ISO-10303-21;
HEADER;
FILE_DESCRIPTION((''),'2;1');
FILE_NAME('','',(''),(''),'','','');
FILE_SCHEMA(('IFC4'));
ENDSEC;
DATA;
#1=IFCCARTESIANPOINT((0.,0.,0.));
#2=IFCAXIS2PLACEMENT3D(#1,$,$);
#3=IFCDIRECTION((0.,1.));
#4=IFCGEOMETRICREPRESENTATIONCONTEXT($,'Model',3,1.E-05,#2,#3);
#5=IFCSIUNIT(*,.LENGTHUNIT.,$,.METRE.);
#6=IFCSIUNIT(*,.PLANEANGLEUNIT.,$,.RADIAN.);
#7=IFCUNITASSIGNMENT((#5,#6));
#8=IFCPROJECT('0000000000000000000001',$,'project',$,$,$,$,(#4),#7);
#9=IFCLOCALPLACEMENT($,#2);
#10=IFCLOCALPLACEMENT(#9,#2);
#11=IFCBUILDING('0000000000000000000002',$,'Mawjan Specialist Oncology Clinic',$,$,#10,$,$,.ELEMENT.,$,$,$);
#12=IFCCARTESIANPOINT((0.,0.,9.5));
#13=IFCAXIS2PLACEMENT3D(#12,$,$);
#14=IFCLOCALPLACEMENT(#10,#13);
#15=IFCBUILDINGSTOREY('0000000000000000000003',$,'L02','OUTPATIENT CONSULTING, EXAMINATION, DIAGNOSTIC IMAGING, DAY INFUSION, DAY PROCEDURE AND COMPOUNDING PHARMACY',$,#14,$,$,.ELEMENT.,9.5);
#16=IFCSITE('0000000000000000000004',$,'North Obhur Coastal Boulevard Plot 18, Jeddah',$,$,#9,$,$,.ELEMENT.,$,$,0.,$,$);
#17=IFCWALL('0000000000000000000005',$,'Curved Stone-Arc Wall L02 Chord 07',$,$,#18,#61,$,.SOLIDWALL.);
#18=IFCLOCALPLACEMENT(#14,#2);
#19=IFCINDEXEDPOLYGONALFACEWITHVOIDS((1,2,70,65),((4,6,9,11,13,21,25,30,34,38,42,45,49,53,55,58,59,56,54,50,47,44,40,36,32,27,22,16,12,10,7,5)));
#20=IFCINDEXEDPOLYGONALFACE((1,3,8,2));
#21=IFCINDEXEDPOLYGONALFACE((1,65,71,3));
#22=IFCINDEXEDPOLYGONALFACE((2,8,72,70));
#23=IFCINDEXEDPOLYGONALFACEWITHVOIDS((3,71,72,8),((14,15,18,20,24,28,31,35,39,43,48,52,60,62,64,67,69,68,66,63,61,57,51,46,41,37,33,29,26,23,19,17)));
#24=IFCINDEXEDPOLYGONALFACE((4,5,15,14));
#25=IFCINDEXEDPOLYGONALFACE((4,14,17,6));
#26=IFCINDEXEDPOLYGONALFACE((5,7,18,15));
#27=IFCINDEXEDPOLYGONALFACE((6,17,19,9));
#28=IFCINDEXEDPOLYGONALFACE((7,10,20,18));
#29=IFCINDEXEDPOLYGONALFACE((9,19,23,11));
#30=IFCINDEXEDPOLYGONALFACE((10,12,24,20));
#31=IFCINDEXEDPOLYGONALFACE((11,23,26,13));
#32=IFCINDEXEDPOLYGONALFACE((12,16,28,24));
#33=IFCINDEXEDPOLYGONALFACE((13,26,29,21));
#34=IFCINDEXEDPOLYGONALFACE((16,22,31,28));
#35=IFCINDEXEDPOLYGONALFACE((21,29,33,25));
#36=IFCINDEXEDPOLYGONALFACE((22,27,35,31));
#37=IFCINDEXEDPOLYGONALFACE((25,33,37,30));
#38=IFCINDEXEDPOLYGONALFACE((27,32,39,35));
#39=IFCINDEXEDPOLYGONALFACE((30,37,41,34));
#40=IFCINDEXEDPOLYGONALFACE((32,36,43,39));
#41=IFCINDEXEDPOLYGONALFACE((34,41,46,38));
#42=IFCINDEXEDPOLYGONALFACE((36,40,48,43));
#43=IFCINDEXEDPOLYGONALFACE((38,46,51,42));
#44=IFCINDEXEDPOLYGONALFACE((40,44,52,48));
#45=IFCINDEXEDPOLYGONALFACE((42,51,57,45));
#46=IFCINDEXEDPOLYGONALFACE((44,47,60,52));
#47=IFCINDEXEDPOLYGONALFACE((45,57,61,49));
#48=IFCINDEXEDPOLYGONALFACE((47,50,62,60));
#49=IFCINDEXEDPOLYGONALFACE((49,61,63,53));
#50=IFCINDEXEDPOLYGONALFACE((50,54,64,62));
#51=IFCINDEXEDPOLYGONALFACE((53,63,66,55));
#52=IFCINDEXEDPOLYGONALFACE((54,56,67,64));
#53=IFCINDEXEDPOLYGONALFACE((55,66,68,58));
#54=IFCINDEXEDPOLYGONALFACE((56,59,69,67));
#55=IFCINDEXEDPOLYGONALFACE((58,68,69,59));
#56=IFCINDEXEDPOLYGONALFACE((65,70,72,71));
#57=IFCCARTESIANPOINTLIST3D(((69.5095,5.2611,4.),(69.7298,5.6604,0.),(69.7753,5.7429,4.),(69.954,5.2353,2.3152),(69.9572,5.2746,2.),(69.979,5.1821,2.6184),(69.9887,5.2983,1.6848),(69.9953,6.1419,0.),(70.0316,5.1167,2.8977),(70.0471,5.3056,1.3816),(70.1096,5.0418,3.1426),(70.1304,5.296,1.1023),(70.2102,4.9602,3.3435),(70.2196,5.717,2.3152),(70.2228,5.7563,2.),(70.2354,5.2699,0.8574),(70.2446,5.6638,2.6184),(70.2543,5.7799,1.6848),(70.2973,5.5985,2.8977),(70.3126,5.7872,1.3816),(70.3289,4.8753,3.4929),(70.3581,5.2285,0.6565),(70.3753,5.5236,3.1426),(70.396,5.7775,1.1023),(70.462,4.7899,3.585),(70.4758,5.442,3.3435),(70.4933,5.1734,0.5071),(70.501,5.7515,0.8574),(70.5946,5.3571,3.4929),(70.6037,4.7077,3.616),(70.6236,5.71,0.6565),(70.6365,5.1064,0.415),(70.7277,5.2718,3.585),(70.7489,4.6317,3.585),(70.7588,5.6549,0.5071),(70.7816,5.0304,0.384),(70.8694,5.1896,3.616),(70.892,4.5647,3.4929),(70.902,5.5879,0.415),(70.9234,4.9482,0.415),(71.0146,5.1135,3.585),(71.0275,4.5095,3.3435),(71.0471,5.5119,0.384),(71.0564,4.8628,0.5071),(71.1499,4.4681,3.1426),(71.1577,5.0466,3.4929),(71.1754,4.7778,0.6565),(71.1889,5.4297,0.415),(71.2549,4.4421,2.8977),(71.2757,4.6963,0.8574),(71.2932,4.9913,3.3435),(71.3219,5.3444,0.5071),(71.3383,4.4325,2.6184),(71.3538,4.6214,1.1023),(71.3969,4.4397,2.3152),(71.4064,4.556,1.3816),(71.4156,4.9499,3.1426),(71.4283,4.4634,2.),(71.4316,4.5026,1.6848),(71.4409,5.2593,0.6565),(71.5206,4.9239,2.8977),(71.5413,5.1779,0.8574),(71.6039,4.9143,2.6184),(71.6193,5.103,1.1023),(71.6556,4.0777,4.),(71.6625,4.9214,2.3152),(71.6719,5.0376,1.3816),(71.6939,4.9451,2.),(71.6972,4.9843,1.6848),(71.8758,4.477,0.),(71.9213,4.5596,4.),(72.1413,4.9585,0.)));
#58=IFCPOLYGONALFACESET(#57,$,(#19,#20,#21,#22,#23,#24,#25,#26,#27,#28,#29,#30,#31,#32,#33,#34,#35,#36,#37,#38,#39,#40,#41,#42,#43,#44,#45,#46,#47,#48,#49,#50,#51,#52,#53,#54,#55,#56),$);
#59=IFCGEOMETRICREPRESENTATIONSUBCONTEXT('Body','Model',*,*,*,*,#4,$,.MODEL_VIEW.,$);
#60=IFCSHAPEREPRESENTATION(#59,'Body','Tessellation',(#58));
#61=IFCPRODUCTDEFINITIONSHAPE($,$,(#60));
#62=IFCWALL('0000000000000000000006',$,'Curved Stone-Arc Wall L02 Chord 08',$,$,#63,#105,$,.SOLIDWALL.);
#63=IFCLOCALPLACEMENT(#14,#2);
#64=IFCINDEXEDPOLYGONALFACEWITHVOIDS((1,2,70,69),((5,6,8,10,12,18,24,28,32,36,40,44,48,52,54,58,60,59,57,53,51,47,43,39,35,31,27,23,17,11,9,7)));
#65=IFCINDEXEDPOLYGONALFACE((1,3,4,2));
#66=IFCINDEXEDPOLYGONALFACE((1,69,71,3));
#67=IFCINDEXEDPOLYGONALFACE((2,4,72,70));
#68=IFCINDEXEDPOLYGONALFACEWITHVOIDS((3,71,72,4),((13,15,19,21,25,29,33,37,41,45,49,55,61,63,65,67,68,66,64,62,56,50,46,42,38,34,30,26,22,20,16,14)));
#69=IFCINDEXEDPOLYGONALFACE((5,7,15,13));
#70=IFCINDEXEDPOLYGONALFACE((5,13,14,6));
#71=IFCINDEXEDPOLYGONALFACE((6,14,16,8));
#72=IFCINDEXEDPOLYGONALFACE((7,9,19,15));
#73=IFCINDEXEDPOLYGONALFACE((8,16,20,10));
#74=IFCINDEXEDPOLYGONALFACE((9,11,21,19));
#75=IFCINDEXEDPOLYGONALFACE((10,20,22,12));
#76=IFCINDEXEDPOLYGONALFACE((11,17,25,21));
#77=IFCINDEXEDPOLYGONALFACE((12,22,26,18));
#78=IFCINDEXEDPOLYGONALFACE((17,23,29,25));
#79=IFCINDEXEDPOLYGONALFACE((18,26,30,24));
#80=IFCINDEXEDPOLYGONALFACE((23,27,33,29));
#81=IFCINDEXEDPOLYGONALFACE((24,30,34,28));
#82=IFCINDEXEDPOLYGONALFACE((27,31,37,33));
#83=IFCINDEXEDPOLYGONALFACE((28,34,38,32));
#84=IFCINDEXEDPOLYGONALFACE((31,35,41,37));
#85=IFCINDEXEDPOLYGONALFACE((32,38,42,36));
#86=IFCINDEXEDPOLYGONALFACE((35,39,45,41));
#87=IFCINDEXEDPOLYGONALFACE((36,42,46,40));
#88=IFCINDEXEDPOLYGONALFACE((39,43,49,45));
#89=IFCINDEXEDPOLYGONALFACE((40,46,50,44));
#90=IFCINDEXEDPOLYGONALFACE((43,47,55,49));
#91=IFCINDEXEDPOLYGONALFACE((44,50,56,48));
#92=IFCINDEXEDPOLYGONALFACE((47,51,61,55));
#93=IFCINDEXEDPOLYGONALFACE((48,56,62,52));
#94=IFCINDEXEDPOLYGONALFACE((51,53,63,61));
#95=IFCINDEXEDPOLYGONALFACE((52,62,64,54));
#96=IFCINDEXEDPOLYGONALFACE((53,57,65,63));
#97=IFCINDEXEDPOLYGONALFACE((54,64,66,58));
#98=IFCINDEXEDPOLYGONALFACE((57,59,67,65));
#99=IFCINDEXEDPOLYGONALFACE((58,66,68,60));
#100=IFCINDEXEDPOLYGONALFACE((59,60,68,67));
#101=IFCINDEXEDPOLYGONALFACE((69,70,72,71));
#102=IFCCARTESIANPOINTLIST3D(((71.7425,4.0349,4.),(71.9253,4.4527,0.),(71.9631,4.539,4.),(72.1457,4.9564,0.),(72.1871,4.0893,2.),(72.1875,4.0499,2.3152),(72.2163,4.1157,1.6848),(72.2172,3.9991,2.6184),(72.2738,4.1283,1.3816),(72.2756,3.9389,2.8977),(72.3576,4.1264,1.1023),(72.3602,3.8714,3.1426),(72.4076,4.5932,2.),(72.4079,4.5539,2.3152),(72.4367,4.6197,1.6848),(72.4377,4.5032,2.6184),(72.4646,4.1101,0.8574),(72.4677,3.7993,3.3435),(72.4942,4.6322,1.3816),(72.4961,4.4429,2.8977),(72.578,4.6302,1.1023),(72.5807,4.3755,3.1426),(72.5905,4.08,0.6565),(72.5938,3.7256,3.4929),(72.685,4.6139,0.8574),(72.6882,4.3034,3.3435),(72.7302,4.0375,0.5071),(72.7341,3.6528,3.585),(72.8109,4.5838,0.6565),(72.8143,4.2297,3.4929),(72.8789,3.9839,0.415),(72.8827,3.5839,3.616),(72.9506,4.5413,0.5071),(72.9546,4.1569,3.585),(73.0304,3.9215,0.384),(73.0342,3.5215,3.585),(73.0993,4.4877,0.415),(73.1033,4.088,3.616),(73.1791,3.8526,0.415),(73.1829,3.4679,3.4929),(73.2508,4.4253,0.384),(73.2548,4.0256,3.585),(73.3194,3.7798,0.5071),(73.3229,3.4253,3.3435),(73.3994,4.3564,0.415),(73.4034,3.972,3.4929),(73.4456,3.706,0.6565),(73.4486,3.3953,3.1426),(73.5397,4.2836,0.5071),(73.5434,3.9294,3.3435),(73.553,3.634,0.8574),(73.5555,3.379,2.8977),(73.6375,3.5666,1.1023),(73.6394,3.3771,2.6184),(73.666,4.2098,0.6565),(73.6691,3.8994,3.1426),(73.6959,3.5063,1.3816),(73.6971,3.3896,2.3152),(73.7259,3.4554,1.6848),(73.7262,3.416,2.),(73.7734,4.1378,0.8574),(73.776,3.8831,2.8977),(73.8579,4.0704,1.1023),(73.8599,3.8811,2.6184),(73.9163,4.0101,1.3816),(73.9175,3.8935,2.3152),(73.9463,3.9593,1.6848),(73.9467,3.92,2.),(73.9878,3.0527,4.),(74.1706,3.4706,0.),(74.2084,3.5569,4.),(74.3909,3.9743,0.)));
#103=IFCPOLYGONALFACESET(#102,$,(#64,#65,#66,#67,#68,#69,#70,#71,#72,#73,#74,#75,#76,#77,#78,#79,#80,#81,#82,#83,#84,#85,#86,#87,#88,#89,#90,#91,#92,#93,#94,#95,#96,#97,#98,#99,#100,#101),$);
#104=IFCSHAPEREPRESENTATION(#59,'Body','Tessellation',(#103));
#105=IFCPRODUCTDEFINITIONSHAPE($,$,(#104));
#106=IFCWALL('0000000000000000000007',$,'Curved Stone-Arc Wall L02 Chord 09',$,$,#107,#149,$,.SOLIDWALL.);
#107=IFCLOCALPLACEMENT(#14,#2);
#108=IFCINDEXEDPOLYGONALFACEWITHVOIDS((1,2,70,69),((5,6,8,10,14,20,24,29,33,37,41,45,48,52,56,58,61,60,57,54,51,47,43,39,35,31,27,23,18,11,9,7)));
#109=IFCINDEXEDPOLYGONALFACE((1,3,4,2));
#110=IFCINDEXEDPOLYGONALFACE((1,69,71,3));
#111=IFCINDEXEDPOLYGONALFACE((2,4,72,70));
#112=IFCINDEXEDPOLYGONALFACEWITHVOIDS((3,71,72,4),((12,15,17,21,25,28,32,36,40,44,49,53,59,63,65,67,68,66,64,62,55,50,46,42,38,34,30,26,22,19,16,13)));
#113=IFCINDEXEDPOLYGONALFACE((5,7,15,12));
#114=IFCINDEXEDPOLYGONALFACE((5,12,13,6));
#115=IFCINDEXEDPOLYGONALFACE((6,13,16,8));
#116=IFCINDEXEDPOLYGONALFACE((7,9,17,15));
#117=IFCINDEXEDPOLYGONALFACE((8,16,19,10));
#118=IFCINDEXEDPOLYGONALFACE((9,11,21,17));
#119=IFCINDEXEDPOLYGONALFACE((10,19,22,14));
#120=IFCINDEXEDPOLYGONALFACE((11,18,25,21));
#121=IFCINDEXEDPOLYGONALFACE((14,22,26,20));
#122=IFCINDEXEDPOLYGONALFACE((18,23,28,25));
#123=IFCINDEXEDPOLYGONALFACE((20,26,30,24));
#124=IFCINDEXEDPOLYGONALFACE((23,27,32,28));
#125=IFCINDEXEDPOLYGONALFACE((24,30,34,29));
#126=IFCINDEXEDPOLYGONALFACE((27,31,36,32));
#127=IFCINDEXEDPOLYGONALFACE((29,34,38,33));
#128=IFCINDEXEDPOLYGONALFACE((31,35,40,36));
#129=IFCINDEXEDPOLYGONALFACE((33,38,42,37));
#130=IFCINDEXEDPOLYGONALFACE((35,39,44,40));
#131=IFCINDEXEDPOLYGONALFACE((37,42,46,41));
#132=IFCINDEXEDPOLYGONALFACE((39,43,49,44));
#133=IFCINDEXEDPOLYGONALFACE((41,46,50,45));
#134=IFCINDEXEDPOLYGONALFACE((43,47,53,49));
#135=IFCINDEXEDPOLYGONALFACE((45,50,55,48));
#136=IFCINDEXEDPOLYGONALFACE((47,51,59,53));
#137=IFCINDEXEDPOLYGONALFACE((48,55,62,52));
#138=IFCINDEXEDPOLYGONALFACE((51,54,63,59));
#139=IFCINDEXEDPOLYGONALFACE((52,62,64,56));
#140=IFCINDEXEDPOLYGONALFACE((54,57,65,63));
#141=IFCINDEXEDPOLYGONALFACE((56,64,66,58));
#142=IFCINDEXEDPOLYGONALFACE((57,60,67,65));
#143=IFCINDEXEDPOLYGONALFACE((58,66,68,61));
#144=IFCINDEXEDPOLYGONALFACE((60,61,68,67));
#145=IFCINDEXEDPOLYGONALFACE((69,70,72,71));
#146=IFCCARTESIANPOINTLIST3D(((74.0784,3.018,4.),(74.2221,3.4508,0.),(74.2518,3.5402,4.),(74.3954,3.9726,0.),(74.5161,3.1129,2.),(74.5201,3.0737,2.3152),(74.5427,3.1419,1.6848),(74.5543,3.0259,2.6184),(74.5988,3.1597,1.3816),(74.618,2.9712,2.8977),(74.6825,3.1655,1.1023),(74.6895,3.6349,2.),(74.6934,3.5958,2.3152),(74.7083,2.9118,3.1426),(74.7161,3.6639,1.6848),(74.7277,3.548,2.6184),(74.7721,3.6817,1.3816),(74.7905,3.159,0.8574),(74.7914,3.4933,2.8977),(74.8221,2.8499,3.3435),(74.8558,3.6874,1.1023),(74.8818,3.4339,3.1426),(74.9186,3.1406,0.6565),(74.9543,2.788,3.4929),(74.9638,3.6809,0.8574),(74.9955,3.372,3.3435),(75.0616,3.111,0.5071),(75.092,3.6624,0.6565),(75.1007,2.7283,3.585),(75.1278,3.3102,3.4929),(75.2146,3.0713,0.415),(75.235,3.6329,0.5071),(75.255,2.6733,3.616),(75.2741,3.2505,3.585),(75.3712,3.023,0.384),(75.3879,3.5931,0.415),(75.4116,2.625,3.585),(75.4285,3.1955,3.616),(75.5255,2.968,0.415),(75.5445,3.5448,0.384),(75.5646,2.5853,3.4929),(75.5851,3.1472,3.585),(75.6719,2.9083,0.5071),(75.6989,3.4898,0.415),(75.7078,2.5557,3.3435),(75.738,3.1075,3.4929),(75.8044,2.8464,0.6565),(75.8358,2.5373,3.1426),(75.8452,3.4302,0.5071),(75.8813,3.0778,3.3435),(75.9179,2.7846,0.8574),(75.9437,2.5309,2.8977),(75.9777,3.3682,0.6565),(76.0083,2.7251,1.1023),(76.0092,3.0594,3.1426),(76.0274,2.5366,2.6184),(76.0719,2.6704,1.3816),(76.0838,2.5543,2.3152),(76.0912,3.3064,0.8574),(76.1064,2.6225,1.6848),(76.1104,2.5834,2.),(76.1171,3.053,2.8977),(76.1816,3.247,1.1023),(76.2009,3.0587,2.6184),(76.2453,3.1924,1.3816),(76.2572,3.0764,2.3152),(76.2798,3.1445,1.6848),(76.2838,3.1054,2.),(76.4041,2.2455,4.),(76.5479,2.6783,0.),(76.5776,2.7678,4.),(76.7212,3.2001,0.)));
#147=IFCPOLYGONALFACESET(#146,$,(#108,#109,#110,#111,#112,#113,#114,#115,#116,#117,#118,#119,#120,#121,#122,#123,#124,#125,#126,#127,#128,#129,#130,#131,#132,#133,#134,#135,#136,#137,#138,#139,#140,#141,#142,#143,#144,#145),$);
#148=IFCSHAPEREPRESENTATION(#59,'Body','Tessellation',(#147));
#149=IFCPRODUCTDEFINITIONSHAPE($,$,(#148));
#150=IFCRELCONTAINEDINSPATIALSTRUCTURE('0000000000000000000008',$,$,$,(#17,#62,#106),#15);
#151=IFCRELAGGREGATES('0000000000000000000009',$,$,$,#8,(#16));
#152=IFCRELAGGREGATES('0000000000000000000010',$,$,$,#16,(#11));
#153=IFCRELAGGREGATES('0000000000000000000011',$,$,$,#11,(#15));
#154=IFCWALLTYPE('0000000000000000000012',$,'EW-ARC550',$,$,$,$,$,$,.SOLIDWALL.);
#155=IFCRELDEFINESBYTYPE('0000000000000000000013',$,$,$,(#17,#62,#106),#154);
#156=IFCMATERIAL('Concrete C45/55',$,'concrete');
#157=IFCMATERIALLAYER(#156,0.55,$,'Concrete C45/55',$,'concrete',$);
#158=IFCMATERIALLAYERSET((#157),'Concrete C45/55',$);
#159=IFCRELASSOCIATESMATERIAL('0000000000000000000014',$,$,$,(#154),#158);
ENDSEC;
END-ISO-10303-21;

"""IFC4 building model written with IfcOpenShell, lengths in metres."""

from ifc_helpers import new_model, si_unit, direction, frame, origin, place, context, subcontext, project, spatial, polyline, outline, extrude, material, layer, layer_set, type_object, element, save


model = new_model("IFC4")

# Units and contexts
model_context = context("Model", 3, precision=1e-05, world=origin(), true_north=direction((0.0, 1.0)))
body_context = subcontext(model_context, "Body", "Model", "MODEL_VIEW")
ifc_project = project(units=[si_unit("LENGTHUNIT", "METRE"), si_unit("PLANEANGLEUNIT", "RADIAN")], contexts=[model_context])

# Site, building, storey
site_placement = place(None, origin())
site = spatial("IfcSite", under=ifc_project, at=site_placement, Name="North Obhur Coastal Boulevard Plot 18, Jeddah", CompositionType="ELEMENT", RefElevation=0.0)
building_placement = place(site_placement, origin())
building = spatial("IfcBuilding", under=site, at=building_placement, Name="Mawjan Specialist Oncology Clinic", CompositionType="ELEMENT")
storey_placement = place(building_placement, frame((0.0, 0.0, 9.5)))
storey = spatial("IfcBuildingStorey", under=building, at=storey_placement, Name="L02", Description="OUTPATIENT CONSULTING, EXAMINATION, DIAGNOSTIC IMAGING, DAY INFUSION, DAY PROCEDURE AND COMPOUNDING PHARMACY", CompositionType="ELEMENT", Elevation=9.5)

# Walls, openings
ifc_material_1 = material(Name="Concrete C45/55", Category="concrete")
ifc_layer_1 = layer(ifc_material_1, 0.55, Name="Concrete C45/55", Category="concrete")
ifc_layer_set_1 = layer_set([ifc_layer_1], Name="Concrete C45/55")
wall_type = type_object("IfcWallType", Name="EW-ARC550", PredefinedType="SOLIDWALL", material=ifc_layer_set_1)
wall_1_placement = place(storey_placement, frame((72.0085, 4.7178, 0.0), z_axis=(0.0, 0.0, 1.0), x_axis=(-0.87569, 0.482875, 0.0)))
wall_1 = element("IfcWall", 1, at=wall_1_placement, inside=storey, type_object=wall_type, Name="Curved Stone-Arc Wall L02 Chord 07", PredefinedType="SOLIDWALL", context=body_context, shape_type="SweptSolid", body=[
    extrude(outline(polyline([(-0.2749, 0.0), (0.2749, 0.0), (0.731, 4.0), (0.1807, 4.0), (-0.2749, 0.0)])), frame((0.0, 0.0, 0.0), z_axis=(1.0, 0.0, 0.0), x_axis=(0.0, 1.0, 0.0)), (0.0, 0.0, 1.0), 2.4507),
])
opening_1_placement = place(wall_1_placement, origin())
element("IfcOpeningElement", 2, at=opening_1_placement, cuts=wall_1, PredefinedType="OPENING", context=body_context, shape_type="SweptSolid", body=[
    extrude(outline(polyline([(2.0652, 2.0), (2.0491, 2.3152), (2.0015, 2.6184), (1.9238, 2.8977), (1.8193, 3.1426), (1.6919, 3.3435), (1.5469, 3.4929), (1.3892, 3.585), (1.2253, 3.616), (1.0615, 3.585), (0.9038, 3.4929), (0.7585, 3.3435), (0.6313, 3.1426), (0.5269, 2.8977), (0.4492, 2.6184), (0.4014, 2.3152), (0.3853, 2.0), (0.4014, 1.6848), (0.4492, 1.3816), (0.5269, 1.1023), (0.6313, 0.8574), (0.7585, 0.6565), (0.9038, 0.5071), (1.0615, 0.415), (1.2253, 0.384), (1.3892, 0.415), (1.5469, 0.5071), (1.6919, 0.6565), (1.8193, 0.8574), (1.9238, 1.1023), (2.0015, 1.3816), (2.0491, 1.6848), (2.0652, 2.0)])), frame((0.0, 0.7507, 0.0), z_axis=(0.0, -1.0, 0.0), x_axis=(1.0, 0.0, 0.0)), (0.0, 0.0, 1.0), 1.0459),
])
wall_2_placement = place(storey_placement, frame((74.2808, 3.7224, 0.0), z_axis=(0.0, 0.0, 1.0), x_axis=(-0.916182, 0.400761, 0.0)))
wall_2 = element("IfcWall", 3, at=wall_2_placement, inside=storey, type_object=wall_type, Name="Curved Stone-Arc Wall L02 Chord 08", PredefinedType="SOLIDWALL", context=body_context, shape_type="SweptSolid", body=[
    extrude(outline(polyline([(-0.2749, 0.0), (0.2749, 0.0), (0.731, 4.0), (0.1807, 4.0), (-0.2749, 0.0)])), frame((0.0, 0.0, 0.0), z_axis=(1.0, 0.0, 0.0), x_axis=(0.0, 1.0, 0.0)), (0.0, 0.0, 1.0), 2.4507),
])
opening_2_placement = place(wall_2_placement, origin())
element("IfcOpeningElement", 4, at=opening_2_placement, cuts=wall_2, PredefinedType="OPENING", context=body_context, shape_type="SweptSolid", body=[
    extrude(outline(polyline([(2.0652, 2.0), (2.0491, 2.3152), (2.0015, 2.6184), (1.9238, 2.8977), (1.8193, 3.1426), (1.6919, 3.3435), (1.5469, 3.4929), (1.3892, 3.585), (1.2253, 3.616), (1.0615, 3.585), (0.9038, 3.4929), (0.7585, 3.3435), (0.6313, 3.1426), (0.5269, 2.8977), (0.4492, 2.6184), (0.4014, 2.3152), (0.3853, 2.0), (0.4014, 1.6848), (0.4492, 1.3816), (0.5269, 1.1023), (0.6313, 0.8574), (0.7585, 0.6565), (0.9038, 0.5071), (1.0615, 0.415), (1.2253, 0.384), (1.3892, 0.415), (1.5469, 0.5071), (1.6919, 0.6565), (1.8193, 0.8574), (1.9238, 1.1023), (2.0015, 1.3816), (2.0491, 1.6848), (2.0652, 2.0)])), frame((0.0, 0.7507, 0.0), z_axis=(0.0, -1.0, 0.0), x_axis=(1.0, 0.0, 0.0)), (0.0, 0.0, 1.0), 1.0459),
])
wall_3_placement = place(storey_placement, frame((76.6345, 2.9392, 0.0), z_axis=(0.0, 0.0, 1.0), x_axis=(-0.949021, 0.315211, 0.0)))
wall_3 = element("IfcWall", 5, at=wall_3_placement, inside=storey, type_object=wall_type, Name="Curved Stone-Arc Wall L02 Chord 09", PredefinedType="SOLIDWALL", context=body_context, shape_type="SweptSolid", body=[
    extrude(outline(polyline([(-0.2749, 0.0), (0.2749, 0.0), (0.731, 4.0), (0.1807, 4.0), (-0.2749, 0.0)])), frame((0.0, 0.0, 0.0), z_axis=(1.0, 0.0, 0.0), x_axis=(0.0, 1.0, 0.0)), (0.0, 0.0, 1.0), 2.4507),
])
opening_3_placement = place(wall_3_placement, origin())
element("IfcOpeningElement", 6, at=opening_3_placement, cuts=wall_3, PredefinedType="OPENING", context=body_context, shape_type="SweptSolid", body=[
    extrude(outline(polyline([(2.0652, 2.0), (2.0491, 2.3152), (2.0015, 2.6184), (1.9238, 2.8977), (1.8193, 3.1426), (1.6919, 3.3435), (1.5469, 3.4929), (1.3892, 3.585), (1.2253, 3.616), (1.0615, 3.585), (0.9038, 3.4929), (0.7585, 3.3435), (0.6313, 3.1426), (0.5269, 2.8977), (0.4492, 2.6184), (0.4014, 2.3152), (0.3853, 2.0), (0.4014, 1.6848), (0.4492, 1.3816), (0.5269, 1.1023), (0.6313, 0.8574), (0.7585, 0.6565), (0.9038, 0.5071), (1.0615, 0.415), (1.2253, 0.384), (1.3892, 0.415), (1.5469, 0.5071), (1.6919, 0.6565), (1.8193, 0.8574), (1.9238, 1.1023), (2.0015, 1.3816), (2.0491, 1.6848), (2.0652, 2.0)])), frame((0.0, 0.7507, 0.0), z_axis=(0.0, -1.0, 0.0), x_axis=(1.0, 0.0, 0.0)), (0.0, 0.0, 1.0), 1.0459),
])

save(model, "model.ifc")
